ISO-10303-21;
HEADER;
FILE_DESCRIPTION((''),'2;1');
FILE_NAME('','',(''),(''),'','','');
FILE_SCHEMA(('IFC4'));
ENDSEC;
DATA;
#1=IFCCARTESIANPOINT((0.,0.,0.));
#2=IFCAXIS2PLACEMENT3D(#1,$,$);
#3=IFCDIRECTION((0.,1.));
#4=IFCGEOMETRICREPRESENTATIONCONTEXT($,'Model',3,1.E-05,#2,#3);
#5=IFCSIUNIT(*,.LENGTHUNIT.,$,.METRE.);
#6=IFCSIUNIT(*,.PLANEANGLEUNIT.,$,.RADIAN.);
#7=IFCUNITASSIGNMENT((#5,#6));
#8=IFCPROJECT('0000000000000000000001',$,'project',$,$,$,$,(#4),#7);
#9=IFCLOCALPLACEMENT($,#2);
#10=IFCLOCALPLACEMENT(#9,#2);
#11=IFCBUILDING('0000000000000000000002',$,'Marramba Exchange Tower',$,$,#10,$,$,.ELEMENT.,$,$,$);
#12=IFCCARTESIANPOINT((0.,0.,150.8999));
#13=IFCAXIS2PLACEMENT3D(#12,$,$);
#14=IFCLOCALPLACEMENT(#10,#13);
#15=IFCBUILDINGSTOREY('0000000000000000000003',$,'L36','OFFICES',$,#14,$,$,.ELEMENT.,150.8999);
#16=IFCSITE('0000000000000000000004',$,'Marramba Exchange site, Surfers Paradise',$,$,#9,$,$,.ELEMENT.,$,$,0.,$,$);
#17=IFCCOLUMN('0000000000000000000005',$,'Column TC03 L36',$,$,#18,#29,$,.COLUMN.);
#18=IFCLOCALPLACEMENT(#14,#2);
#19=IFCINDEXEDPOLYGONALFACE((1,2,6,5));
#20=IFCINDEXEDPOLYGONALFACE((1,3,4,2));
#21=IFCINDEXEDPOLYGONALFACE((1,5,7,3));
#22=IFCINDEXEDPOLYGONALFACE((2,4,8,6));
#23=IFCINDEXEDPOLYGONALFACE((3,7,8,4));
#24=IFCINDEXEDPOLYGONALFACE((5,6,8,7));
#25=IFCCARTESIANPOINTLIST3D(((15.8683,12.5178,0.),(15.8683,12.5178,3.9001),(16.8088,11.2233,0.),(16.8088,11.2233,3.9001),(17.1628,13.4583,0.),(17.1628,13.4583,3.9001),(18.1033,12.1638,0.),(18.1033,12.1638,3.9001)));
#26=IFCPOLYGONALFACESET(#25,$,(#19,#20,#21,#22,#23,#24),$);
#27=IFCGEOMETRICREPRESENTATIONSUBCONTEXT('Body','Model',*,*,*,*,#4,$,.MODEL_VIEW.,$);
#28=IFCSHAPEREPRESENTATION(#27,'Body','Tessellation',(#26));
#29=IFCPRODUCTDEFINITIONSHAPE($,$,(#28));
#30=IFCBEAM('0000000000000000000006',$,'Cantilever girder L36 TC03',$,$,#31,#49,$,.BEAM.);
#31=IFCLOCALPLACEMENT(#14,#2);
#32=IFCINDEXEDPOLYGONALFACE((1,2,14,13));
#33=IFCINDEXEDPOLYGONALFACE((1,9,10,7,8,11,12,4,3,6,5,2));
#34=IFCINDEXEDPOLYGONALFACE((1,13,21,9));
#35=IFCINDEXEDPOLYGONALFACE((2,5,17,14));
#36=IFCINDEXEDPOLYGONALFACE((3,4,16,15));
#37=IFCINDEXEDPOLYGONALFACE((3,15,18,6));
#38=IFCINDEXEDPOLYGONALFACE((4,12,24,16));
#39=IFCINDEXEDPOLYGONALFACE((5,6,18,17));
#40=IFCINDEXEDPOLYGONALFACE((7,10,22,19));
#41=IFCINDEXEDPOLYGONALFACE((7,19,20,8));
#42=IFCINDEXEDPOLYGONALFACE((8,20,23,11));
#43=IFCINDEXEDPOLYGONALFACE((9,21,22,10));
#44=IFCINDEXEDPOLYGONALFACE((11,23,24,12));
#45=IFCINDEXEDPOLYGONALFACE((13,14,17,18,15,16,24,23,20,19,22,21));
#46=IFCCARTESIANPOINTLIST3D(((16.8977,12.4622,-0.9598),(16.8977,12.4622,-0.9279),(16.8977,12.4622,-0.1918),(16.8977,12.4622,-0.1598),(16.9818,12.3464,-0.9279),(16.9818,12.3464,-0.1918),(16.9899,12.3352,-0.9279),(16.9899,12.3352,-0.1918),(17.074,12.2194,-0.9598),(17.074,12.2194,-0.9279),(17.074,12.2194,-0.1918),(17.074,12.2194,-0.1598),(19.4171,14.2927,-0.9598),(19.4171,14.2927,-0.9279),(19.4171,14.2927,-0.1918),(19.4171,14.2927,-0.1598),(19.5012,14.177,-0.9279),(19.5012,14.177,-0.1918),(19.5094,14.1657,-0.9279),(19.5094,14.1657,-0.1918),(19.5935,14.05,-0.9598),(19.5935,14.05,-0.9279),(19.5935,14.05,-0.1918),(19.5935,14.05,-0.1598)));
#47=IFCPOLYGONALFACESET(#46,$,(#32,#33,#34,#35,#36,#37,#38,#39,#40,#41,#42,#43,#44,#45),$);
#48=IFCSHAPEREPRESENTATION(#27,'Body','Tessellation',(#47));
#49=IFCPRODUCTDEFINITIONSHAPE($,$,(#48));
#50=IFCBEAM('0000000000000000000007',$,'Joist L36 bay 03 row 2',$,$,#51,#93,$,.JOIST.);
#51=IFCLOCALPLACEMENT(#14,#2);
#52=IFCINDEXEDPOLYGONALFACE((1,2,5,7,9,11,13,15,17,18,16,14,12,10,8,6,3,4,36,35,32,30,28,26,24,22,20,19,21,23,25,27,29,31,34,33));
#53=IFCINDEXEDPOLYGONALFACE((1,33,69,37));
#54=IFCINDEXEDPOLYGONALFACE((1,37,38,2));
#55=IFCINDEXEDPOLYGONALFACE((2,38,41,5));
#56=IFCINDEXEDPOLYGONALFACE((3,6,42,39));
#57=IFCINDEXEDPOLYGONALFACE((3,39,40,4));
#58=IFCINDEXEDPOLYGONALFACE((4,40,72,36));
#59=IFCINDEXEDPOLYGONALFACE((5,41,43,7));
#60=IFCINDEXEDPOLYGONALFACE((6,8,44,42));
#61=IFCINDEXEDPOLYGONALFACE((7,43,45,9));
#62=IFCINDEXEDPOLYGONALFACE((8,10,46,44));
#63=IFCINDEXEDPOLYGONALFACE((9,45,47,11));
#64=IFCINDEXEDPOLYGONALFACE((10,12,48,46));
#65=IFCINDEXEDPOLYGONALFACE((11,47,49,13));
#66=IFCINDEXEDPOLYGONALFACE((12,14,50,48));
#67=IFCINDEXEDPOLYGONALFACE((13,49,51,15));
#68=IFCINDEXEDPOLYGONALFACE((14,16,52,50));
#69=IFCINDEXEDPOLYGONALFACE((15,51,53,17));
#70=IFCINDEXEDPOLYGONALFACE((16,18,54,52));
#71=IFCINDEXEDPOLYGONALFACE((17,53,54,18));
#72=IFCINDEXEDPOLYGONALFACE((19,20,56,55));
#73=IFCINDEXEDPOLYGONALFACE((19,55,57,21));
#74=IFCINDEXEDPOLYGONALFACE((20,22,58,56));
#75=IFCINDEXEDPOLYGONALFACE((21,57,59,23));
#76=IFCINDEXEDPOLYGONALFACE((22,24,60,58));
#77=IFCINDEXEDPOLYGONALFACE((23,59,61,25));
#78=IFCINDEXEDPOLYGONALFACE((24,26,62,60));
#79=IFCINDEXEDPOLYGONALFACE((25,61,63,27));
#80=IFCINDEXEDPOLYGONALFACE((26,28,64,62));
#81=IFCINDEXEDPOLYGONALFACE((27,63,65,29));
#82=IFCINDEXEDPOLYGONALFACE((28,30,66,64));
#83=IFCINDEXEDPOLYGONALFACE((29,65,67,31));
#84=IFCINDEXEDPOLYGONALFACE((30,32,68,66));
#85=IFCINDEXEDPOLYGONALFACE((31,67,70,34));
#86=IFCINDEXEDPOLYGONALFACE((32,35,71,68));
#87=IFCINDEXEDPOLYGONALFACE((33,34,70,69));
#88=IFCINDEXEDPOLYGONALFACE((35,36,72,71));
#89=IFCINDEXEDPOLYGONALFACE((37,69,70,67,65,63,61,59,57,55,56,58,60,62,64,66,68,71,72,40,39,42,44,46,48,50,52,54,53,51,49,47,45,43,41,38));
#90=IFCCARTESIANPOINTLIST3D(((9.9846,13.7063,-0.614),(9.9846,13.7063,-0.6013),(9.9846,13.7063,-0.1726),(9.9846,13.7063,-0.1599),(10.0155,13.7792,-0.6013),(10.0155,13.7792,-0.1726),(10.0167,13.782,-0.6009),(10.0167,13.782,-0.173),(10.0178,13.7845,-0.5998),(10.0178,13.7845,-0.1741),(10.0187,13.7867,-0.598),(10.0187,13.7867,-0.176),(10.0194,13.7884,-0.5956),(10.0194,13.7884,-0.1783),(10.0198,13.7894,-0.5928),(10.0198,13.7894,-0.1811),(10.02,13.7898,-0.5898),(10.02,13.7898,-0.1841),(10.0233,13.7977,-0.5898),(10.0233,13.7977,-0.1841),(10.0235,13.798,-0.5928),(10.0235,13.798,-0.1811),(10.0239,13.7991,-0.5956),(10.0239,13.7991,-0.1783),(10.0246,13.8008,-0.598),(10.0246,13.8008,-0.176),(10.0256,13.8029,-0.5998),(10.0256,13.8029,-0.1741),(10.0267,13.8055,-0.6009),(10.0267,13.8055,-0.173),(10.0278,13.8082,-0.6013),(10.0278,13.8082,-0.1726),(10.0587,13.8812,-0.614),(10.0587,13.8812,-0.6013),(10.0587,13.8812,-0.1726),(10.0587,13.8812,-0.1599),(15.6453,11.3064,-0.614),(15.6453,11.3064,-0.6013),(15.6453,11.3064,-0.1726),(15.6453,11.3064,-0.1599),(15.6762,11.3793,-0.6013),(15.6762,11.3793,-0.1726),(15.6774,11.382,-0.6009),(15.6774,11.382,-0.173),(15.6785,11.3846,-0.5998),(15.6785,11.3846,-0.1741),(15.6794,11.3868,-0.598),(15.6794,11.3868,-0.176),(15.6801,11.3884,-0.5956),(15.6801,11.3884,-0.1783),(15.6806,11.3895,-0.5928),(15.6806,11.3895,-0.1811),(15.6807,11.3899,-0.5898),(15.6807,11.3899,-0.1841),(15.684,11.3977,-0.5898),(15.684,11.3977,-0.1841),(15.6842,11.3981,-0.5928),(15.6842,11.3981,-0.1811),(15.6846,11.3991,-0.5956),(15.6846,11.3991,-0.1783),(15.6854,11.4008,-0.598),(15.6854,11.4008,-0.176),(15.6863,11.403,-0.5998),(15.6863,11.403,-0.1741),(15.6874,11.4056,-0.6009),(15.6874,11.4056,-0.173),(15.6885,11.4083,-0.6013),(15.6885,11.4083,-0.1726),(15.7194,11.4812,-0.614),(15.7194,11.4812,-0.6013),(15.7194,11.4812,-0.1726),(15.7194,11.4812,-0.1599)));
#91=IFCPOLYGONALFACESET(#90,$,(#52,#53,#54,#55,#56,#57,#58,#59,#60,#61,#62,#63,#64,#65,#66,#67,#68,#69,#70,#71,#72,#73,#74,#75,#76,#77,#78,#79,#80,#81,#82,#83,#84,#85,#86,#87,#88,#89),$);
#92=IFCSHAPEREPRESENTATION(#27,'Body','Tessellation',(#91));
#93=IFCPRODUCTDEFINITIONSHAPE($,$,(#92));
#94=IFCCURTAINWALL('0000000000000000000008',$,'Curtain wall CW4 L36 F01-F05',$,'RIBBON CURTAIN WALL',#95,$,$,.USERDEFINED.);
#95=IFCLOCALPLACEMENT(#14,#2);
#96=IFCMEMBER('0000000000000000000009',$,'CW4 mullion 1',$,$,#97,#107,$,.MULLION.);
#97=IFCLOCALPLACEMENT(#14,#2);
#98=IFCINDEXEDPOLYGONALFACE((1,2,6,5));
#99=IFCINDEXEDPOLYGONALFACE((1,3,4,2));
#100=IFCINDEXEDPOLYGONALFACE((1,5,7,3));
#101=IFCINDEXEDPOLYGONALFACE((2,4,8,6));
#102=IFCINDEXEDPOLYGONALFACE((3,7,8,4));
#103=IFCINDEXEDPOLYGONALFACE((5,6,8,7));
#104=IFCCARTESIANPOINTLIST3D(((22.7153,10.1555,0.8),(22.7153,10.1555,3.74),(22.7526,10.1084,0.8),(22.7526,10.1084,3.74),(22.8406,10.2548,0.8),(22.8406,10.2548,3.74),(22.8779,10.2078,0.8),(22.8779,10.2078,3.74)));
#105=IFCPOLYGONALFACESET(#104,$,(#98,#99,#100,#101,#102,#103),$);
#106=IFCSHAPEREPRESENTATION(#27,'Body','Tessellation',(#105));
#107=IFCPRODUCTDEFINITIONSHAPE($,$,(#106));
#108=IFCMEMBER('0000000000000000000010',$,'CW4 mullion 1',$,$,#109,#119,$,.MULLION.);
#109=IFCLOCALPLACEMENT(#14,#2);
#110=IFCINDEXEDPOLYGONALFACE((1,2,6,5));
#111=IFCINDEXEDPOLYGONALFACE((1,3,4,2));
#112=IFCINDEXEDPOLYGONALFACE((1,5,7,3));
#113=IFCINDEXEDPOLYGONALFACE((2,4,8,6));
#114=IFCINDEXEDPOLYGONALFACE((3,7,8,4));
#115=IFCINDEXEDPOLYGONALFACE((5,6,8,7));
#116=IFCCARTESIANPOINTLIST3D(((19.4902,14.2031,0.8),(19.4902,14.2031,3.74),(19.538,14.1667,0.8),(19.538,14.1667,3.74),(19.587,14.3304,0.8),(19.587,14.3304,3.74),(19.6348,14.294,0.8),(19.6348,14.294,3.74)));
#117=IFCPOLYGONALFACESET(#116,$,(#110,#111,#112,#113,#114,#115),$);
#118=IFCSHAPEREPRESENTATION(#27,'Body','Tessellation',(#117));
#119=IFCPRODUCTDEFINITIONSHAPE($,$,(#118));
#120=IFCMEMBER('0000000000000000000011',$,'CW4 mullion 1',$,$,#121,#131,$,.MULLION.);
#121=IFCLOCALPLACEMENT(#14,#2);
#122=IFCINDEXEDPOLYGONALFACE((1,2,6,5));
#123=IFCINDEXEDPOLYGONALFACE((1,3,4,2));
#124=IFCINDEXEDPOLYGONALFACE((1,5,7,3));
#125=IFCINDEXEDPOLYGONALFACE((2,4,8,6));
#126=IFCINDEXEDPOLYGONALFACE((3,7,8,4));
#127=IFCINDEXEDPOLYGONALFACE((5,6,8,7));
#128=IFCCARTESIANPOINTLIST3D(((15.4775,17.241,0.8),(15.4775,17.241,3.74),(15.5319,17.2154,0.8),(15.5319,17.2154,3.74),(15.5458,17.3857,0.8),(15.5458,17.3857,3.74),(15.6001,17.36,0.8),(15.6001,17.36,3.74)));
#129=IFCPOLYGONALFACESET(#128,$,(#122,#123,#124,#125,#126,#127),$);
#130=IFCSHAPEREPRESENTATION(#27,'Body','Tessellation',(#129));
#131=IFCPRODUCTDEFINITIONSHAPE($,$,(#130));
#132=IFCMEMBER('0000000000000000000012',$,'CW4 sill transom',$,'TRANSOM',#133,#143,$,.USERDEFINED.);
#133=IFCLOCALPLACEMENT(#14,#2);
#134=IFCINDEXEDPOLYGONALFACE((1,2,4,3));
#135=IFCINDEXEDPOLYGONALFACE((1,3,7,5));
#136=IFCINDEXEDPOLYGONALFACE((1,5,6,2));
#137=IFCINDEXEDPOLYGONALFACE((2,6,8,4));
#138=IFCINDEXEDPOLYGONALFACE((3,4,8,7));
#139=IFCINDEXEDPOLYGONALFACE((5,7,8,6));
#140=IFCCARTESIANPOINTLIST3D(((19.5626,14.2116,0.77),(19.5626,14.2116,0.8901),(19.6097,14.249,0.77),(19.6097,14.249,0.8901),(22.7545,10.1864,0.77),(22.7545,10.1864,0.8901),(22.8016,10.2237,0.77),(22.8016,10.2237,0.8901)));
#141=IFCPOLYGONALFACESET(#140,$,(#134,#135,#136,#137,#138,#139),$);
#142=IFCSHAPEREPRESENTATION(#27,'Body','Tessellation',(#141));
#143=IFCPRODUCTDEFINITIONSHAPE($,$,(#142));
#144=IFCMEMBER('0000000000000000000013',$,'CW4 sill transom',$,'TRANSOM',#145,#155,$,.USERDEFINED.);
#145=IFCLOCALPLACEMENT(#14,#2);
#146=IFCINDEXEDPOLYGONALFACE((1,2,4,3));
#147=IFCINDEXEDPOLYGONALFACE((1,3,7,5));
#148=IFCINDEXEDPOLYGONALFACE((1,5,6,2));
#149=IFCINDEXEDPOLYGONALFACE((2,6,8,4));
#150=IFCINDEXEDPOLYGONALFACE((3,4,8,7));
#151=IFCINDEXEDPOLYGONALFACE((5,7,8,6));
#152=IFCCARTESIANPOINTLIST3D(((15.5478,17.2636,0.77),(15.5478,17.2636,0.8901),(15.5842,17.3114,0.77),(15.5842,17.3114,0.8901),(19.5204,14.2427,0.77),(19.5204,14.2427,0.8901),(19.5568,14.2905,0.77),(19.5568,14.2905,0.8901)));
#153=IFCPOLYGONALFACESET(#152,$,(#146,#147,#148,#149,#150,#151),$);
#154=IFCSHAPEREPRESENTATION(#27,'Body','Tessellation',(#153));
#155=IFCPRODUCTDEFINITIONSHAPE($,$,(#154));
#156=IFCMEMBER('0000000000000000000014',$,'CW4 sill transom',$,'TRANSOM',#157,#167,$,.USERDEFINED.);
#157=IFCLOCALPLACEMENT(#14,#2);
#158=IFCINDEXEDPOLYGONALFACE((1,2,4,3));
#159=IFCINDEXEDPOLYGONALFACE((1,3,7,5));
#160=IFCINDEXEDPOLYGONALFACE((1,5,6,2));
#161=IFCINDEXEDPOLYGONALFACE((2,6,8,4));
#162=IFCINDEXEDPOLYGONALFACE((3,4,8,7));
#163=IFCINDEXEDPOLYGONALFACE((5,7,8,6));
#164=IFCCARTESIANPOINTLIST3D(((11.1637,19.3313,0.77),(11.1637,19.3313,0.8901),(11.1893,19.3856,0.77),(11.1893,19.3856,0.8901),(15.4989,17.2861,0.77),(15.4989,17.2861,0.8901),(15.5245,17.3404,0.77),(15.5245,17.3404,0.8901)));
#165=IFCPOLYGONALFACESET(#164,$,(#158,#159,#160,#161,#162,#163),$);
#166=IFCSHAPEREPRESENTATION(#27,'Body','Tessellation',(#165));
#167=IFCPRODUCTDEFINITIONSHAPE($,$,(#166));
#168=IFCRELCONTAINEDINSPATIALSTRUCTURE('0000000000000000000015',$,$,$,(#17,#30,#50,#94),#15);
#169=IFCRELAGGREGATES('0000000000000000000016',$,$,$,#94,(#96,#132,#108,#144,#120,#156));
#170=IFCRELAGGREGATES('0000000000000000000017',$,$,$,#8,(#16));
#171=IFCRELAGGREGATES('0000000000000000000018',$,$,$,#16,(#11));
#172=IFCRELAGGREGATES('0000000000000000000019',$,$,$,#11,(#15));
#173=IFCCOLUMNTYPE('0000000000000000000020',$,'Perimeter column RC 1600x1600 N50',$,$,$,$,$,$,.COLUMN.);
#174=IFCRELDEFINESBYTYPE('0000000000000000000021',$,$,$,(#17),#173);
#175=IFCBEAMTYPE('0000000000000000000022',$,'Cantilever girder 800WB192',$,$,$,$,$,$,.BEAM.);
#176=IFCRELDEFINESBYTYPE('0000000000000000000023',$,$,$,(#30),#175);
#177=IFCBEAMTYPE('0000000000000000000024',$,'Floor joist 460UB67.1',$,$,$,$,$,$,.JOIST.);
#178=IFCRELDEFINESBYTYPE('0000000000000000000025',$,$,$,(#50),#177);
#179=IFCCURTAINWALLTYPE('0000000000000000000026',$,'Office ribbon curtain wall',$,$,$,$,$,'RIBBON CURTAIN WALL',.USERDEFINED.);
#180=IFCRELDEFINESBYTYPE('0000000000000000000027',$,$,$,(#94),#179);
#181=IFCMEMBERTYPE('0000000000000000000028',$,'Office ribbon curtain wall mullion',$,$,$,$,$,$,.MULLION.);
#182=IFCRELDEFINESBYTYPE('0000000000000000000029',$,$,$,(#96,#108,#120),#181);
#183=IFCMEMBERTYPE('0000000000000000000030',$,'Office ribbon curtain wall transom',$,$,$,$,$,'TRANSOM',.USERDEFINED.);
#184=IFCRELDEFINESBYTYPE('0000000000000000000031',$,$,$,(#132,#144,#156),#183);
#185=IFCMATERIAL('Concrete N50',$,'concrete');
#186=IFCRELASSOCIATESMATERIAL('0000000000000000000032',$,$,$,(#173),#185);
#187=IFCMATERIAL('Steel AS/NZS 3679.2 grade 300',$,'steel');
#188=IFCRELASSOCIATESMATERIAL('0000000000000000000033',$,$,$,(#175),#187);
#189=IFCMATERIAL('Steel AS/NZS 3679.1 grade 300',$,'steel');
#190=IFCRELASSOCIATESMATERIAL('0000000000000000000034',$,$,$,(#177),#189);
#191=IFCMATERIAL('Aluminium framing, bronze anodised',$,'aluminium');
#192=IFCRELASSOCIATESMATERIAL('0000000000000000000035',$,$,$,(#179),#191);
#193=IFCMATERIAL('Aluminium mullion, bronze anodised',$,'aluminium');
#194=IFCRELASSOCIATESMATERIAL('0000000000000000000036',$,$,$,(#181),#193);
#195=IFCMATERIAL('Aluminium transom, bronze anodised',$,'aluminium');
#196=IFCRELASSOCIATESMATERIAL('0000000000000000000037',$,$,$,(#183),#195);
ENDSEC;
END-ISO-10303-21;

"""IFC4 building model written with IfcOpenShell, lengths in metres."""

from ifc_helpers import new_model, si_unit, direction, frame, origin, origin_2d, place, context, subcontext, project, spatial, rectangle, i_section, extrude, material, material_profile, profile_set, type_object, element, aggregate, save


model = new_model("IFC4")

# Units and contexts
model_context = context("Model", 3, precision=1e-05, world=origin(), true_north=direction((0.0, 1.0)))
body_context = subcontext(model_context, "Body", "Model", "MODEL_VIEW")
ifc_project = project(units=[si_unit("LENGTHUNIT", "METRE"), si_unit("PLANEANGLEUNIT", "RADIAN")], contexts=[model_context])

# Site, building, storey
site_placement = place(None, origin())
site = spatial("IfcSite", under=ifc_project, at=site_placement, Name="Marramba Exchange site, Surfers Paradise", CompositionType="ELEMENT", RefElevation=0.0)
building_placement = place(site_placement, origin())
building = spatial("IfcBuilding", under=site, at=building_placement, Name="Marramba Exchange Tower", CompositionType="ELEMENT")
storey_placement = place(building_placement, frame((0.0, 0.0, 150.8999)))
storey = spatial("IfcBuildingStorey", under=building, at=storey_placement, Name="L36", Description="OFFICES", CompositionType="ELEMENT", Elevation=150.8999)

# Column
ifc_material_1 = material(Name="Concrete N50", Category="concrete")
ifc_material_profile_1 = material_profile(ifc_material_1, rectangle(XDim=1.6001, YDim=1.6001, at=origin_2d()), Name="RC 1600x1600")
ifc_profile_set_1 = profile_set([ifc_material_profile_1], Name="Concrete N50")
column_type = type_object("IfcColumnType", Name="Perimeter column RC 1600x1600 N50", PredefinedType="COLUMN", material=ifc_profile_set_1)
column_placement = place(storey_placement, frame((16.9858, 12.3408, 0.0), z_axis=(0.0, 0.0, 1.0), x_axis=(0.809017, 0.587785, 0.0)))
element("IfcColumn", 1, at=column_placement, inside=storey, type_object=column_type, Name="Column TC03 L36", PredefinedType="COLUMN", context=body_context, shape_type="SweptSolid", body=[
    extrude(rectangle(XDim=1.6001, YDim=1.6001, at=origin_2d()), origin(), (0.0, 0.0, 1.0), 3.9001),
])

# Beams
ifc_material_2 = material(Name="Steel AS/NZS 3679.2 grade 300", Category="steel")
ifc_material_profile_2 = material_profile(ifc_material_2, i_section(OverallWidth=0.3, OverallDepth=0.8, WebThickness=0.0139, FlangeThickness=0.032, at=origin_2d()), Name="800WB192")
ifc_profile_set_2 = profile_set([ifc_material_profile_2], Name="Steel AS/NZS 3679.2 grade 300")
beam_type_1 = type_object("IfcBeamType", Name="Cantilever girder 800WB192", PredefinedType="BEAM", material=ifc_profile_set_2)
beam_1_placement = place(storey_placement, frame((16.9858, 12.3408, -0.5598), z_axis=(0.809014, 0.587789, 0.0), x_axis=(-0.587789, 0.809014, 0.0)))
element("IfcBeam", 2, at=beam_1_placement, inside=storey, type_object=beam_type_1, Name="Cantilever girder L36 TC03", PredefinedType="BEAM", context=body_context, shape_type="SweptSolid", body=[
    extrude(i_section(OverallWidth=0.3, OverallDepth=0.8, WebThickness=0.0139, FlangeThickness=0.032, at=origin_2d()), origin(), (0.0, 0.0, 1.0), 3.1143),
])
ifc_material_3 = material(Name="Steel AS/NZS 3679.1 grade 300", Category="steel")
ifc_material_profile_3 = material_profile(ifc_material_3, i_section(OverallWidth=0.1899, OverallDepth=0.4541, WebThickness=0.0085, FlangeThickness=0.0127, FilletRadius=0.0115, at=origin_2d()), Name="460UB67.1")
ifc_profile_set_3 = profile_set([ifc_material_profile_3], Name="Steel AS/NZS 3679.1 grade 300")
beam_type_2 = type_object("IfcBeamType", Name="Floor joist 460UB67.1", PredefinedType="JOIST", material=ifc_profile_set_3)
beam_2_placement = place(storey_placement, frame((15.6824, 11.3938, -0.387), z_axis=(-0.920674, 0.390332, 0.0), x_axis=(-0.390332, -0.920674, 0.0)))
element("IfcBeam", 3, at=beam_2_placement, inside=storey, type_object=beam_type_2, Name="Joist L36 bay 03 row 2", PredefinedType="JOIST", context=body_context, shape_type="SweptSolid", body=[
    extrude(i_section(OverallWidth=0.1899, OverallDepth=0.4541, WebThickness=0.0085, FlangeThickness=0.0127, FilletRadius=0.0115, at=origin_2d()), origin(), (0.0, 0.0, 1.0), 6.1484),
])

# Curtain wall, members
ifc_material_4 = material(Name="Aluminium framing, bronze anodised", Category="aluminium")
curtain_wall_type = type_object("IfcCurtainWallType", Name="Office ribbon curtain wall", ElementType="RIBBON CURTAIN WALL", PredefinedType="USERDEFINED", material=ifc_material_4)
curtain_wall_placement = place(storey_placement, origin())
curtain_wall = element("IfcCurtainWall", 4, at=curtain_wall_placement, inside=storey, type_object=curtain_wall_type, Name="Curtain wall CW4 L36 F01-F05", ObjectType="RIBBON CURTAIN WALL", PredefinedType="USERDEFINED")
ifc_material_5 = material(Name="Aluminium mullion, bronze anodised", Category="aluminium")
ifc_material_profile_4 = material_profile(ifc_material_5, rectangle(XDim=0.1599, YDim=0.0601, at=origin_2d()), Name="CW4 mullion 60x160")
ifc_profile_set_4 = profile_set([ifc_material_profile_4], Name="Aluminium mullion, bronze anodised")
member_type_1 = type_object("IfcMemberType", Name="Office ribbon curtain wall mullion", PredefinedType="MULLION", material=ifc_profile_set_4)
member_1_placement = place(storey_placement, frame((22.7966, 10.1816, 0.8), z_axis=(0.0, 0.0, 1.0), x_axis=(-0.783563, -0.621312, 0.0)))
member_1 = element("IfcMember", 5, at=member_1_placement, type_object=member_type_1, Name="CW4 mullion 1", PredefinedType="MULLION", context=body_context, shape_type="SweptSolid", body=[
    extrude(rectangle(XDim=0.1599, YDim=0.0601, at=origin_2d()), origin(), (0.0, 0.0, 1.0), 2.9399),
])
member_2_placement = place(storey_placement, frame((19.5625, 14.2485, 0.8), z_axis=(0.0, 0.0, 1.0), x_axis=(-0.605334, -0.795972, 0.0)))
member_2 = element("IfcMember", 6, at=member_2_placement, type_object=member_type_1, Name="CW4 mullion 1", PredefinedType="MULLION", context=body_context, shape_type="SweptSolid", body=[
    extrude(rectangle(XDim=0.1599, YDim=0.0601, at=origin_2d()), origin(), (0.0, 0.0, 1.0), 2.9399),
])
member_3_placement = place(storey_placement, frame((15.5388, 17.3005, 0.8), z_axis=(0.0, 0.0, 1.0), x_axis=(-0.426679, -0.904403, 0.0)))
member_3 = element("IfcMember", 7, at=member_3_placement, type_object=member_type_1, Name="CW4 mullion 1", PredefinedType="MULLION", context=body_context, shape_type="SweptSolid", body=[
    extrude(rectangle(XDim=0.1599, YDim=0.0601, at=origin_2d()), origin(), (0.0, 0.0, 1.0), 2.9399),
])
ifc_material_6 = material(Name="Aluminium transom, bronze anodised", Category="aluminium")
ifc_material_profile_5 = material_profile(ifc_material_6, rectangle(XDim=0.0601, YDim=0.1201, at=origin_2d()), Name="CW4 transom 60x120")
ifc_profile_set_5 = profile_set([ifc_material_profile_5], Name="Aluminium transom, bronze anodised")
member_type_2 = type_object("IfcMemberType", Name="Office ribbon curtain wall transom", ElementType="TRANSOM", PredefinedType="USERDEFINED", material=ifc_profile_set_5)
member_4_placement = place(storey_placement, frame((22.7781, 10.2051, 0.8301), z_axis=(-0.621339, 0.783542, 0.0), x_axis=(-0.783542, -0.621339, 0.0)))
member_4 = element("IfcMember", 8, at=member_4_placement, type_object=member_type_2, Name="CW4 sill transom", ObjectType="TRANSOM", PredefinedType="USERDEFINED", context=body_context, shape_type="SweptSolid", body=[
    extrude(rectangle(XDim=0.0601, YDim=0.1201, at=origin_2d()), origin(), (0.0, 0.0, 1.0), 5.1372),
])
member_5_placement = place(storey_placement, frame((19.5386, 14.2666, 0.8301), z_axis=(-0.795991, 0.605309, 0.0), x_axis=(-0.605309, -0.795991, 0.0)))
member_5 = element("IfcMember", 9, at=member_5_placement, type_object=member_type_2, Name="CW4 sill transom", ObjectType="TRANSOM", PredefinedType="USERDEFINED", context=body_context, shape_type="SweptSolid", body=[
    extrude(rectangle(XDim=0.0601, YDim=0.1201, at=origin_2d()), origin(), (0.0, 0.0, 1.0), 4.9907),
])
member_6_placement = place(storey_placement, frame((15.5117, 17.3132, 0.8301), z_axis=(-0.904411, 0.426663, 0.0), x_axis=(-0.426663, -0.904411, 0.0)))
member_6 = element("IfcMember", 10, at=member_6_placement, type_object=member_type_2, Name="CW4 sill transom", ObjectType="TRANSOM", PredefinedType="USERDEFINED", context=body_context, shape_type="SweptSolid", body=[
    extrude(rectangle(XDim=0.0601, YDim=0.1201, at=origin_2d()), origin(), (0.0, 0.0, 1.0), 4.7935),
])

aggregate(curtain_wall, [member_1, member_4, member_2, member_5, member_3, member_6])

save(model, "model.ifc")
